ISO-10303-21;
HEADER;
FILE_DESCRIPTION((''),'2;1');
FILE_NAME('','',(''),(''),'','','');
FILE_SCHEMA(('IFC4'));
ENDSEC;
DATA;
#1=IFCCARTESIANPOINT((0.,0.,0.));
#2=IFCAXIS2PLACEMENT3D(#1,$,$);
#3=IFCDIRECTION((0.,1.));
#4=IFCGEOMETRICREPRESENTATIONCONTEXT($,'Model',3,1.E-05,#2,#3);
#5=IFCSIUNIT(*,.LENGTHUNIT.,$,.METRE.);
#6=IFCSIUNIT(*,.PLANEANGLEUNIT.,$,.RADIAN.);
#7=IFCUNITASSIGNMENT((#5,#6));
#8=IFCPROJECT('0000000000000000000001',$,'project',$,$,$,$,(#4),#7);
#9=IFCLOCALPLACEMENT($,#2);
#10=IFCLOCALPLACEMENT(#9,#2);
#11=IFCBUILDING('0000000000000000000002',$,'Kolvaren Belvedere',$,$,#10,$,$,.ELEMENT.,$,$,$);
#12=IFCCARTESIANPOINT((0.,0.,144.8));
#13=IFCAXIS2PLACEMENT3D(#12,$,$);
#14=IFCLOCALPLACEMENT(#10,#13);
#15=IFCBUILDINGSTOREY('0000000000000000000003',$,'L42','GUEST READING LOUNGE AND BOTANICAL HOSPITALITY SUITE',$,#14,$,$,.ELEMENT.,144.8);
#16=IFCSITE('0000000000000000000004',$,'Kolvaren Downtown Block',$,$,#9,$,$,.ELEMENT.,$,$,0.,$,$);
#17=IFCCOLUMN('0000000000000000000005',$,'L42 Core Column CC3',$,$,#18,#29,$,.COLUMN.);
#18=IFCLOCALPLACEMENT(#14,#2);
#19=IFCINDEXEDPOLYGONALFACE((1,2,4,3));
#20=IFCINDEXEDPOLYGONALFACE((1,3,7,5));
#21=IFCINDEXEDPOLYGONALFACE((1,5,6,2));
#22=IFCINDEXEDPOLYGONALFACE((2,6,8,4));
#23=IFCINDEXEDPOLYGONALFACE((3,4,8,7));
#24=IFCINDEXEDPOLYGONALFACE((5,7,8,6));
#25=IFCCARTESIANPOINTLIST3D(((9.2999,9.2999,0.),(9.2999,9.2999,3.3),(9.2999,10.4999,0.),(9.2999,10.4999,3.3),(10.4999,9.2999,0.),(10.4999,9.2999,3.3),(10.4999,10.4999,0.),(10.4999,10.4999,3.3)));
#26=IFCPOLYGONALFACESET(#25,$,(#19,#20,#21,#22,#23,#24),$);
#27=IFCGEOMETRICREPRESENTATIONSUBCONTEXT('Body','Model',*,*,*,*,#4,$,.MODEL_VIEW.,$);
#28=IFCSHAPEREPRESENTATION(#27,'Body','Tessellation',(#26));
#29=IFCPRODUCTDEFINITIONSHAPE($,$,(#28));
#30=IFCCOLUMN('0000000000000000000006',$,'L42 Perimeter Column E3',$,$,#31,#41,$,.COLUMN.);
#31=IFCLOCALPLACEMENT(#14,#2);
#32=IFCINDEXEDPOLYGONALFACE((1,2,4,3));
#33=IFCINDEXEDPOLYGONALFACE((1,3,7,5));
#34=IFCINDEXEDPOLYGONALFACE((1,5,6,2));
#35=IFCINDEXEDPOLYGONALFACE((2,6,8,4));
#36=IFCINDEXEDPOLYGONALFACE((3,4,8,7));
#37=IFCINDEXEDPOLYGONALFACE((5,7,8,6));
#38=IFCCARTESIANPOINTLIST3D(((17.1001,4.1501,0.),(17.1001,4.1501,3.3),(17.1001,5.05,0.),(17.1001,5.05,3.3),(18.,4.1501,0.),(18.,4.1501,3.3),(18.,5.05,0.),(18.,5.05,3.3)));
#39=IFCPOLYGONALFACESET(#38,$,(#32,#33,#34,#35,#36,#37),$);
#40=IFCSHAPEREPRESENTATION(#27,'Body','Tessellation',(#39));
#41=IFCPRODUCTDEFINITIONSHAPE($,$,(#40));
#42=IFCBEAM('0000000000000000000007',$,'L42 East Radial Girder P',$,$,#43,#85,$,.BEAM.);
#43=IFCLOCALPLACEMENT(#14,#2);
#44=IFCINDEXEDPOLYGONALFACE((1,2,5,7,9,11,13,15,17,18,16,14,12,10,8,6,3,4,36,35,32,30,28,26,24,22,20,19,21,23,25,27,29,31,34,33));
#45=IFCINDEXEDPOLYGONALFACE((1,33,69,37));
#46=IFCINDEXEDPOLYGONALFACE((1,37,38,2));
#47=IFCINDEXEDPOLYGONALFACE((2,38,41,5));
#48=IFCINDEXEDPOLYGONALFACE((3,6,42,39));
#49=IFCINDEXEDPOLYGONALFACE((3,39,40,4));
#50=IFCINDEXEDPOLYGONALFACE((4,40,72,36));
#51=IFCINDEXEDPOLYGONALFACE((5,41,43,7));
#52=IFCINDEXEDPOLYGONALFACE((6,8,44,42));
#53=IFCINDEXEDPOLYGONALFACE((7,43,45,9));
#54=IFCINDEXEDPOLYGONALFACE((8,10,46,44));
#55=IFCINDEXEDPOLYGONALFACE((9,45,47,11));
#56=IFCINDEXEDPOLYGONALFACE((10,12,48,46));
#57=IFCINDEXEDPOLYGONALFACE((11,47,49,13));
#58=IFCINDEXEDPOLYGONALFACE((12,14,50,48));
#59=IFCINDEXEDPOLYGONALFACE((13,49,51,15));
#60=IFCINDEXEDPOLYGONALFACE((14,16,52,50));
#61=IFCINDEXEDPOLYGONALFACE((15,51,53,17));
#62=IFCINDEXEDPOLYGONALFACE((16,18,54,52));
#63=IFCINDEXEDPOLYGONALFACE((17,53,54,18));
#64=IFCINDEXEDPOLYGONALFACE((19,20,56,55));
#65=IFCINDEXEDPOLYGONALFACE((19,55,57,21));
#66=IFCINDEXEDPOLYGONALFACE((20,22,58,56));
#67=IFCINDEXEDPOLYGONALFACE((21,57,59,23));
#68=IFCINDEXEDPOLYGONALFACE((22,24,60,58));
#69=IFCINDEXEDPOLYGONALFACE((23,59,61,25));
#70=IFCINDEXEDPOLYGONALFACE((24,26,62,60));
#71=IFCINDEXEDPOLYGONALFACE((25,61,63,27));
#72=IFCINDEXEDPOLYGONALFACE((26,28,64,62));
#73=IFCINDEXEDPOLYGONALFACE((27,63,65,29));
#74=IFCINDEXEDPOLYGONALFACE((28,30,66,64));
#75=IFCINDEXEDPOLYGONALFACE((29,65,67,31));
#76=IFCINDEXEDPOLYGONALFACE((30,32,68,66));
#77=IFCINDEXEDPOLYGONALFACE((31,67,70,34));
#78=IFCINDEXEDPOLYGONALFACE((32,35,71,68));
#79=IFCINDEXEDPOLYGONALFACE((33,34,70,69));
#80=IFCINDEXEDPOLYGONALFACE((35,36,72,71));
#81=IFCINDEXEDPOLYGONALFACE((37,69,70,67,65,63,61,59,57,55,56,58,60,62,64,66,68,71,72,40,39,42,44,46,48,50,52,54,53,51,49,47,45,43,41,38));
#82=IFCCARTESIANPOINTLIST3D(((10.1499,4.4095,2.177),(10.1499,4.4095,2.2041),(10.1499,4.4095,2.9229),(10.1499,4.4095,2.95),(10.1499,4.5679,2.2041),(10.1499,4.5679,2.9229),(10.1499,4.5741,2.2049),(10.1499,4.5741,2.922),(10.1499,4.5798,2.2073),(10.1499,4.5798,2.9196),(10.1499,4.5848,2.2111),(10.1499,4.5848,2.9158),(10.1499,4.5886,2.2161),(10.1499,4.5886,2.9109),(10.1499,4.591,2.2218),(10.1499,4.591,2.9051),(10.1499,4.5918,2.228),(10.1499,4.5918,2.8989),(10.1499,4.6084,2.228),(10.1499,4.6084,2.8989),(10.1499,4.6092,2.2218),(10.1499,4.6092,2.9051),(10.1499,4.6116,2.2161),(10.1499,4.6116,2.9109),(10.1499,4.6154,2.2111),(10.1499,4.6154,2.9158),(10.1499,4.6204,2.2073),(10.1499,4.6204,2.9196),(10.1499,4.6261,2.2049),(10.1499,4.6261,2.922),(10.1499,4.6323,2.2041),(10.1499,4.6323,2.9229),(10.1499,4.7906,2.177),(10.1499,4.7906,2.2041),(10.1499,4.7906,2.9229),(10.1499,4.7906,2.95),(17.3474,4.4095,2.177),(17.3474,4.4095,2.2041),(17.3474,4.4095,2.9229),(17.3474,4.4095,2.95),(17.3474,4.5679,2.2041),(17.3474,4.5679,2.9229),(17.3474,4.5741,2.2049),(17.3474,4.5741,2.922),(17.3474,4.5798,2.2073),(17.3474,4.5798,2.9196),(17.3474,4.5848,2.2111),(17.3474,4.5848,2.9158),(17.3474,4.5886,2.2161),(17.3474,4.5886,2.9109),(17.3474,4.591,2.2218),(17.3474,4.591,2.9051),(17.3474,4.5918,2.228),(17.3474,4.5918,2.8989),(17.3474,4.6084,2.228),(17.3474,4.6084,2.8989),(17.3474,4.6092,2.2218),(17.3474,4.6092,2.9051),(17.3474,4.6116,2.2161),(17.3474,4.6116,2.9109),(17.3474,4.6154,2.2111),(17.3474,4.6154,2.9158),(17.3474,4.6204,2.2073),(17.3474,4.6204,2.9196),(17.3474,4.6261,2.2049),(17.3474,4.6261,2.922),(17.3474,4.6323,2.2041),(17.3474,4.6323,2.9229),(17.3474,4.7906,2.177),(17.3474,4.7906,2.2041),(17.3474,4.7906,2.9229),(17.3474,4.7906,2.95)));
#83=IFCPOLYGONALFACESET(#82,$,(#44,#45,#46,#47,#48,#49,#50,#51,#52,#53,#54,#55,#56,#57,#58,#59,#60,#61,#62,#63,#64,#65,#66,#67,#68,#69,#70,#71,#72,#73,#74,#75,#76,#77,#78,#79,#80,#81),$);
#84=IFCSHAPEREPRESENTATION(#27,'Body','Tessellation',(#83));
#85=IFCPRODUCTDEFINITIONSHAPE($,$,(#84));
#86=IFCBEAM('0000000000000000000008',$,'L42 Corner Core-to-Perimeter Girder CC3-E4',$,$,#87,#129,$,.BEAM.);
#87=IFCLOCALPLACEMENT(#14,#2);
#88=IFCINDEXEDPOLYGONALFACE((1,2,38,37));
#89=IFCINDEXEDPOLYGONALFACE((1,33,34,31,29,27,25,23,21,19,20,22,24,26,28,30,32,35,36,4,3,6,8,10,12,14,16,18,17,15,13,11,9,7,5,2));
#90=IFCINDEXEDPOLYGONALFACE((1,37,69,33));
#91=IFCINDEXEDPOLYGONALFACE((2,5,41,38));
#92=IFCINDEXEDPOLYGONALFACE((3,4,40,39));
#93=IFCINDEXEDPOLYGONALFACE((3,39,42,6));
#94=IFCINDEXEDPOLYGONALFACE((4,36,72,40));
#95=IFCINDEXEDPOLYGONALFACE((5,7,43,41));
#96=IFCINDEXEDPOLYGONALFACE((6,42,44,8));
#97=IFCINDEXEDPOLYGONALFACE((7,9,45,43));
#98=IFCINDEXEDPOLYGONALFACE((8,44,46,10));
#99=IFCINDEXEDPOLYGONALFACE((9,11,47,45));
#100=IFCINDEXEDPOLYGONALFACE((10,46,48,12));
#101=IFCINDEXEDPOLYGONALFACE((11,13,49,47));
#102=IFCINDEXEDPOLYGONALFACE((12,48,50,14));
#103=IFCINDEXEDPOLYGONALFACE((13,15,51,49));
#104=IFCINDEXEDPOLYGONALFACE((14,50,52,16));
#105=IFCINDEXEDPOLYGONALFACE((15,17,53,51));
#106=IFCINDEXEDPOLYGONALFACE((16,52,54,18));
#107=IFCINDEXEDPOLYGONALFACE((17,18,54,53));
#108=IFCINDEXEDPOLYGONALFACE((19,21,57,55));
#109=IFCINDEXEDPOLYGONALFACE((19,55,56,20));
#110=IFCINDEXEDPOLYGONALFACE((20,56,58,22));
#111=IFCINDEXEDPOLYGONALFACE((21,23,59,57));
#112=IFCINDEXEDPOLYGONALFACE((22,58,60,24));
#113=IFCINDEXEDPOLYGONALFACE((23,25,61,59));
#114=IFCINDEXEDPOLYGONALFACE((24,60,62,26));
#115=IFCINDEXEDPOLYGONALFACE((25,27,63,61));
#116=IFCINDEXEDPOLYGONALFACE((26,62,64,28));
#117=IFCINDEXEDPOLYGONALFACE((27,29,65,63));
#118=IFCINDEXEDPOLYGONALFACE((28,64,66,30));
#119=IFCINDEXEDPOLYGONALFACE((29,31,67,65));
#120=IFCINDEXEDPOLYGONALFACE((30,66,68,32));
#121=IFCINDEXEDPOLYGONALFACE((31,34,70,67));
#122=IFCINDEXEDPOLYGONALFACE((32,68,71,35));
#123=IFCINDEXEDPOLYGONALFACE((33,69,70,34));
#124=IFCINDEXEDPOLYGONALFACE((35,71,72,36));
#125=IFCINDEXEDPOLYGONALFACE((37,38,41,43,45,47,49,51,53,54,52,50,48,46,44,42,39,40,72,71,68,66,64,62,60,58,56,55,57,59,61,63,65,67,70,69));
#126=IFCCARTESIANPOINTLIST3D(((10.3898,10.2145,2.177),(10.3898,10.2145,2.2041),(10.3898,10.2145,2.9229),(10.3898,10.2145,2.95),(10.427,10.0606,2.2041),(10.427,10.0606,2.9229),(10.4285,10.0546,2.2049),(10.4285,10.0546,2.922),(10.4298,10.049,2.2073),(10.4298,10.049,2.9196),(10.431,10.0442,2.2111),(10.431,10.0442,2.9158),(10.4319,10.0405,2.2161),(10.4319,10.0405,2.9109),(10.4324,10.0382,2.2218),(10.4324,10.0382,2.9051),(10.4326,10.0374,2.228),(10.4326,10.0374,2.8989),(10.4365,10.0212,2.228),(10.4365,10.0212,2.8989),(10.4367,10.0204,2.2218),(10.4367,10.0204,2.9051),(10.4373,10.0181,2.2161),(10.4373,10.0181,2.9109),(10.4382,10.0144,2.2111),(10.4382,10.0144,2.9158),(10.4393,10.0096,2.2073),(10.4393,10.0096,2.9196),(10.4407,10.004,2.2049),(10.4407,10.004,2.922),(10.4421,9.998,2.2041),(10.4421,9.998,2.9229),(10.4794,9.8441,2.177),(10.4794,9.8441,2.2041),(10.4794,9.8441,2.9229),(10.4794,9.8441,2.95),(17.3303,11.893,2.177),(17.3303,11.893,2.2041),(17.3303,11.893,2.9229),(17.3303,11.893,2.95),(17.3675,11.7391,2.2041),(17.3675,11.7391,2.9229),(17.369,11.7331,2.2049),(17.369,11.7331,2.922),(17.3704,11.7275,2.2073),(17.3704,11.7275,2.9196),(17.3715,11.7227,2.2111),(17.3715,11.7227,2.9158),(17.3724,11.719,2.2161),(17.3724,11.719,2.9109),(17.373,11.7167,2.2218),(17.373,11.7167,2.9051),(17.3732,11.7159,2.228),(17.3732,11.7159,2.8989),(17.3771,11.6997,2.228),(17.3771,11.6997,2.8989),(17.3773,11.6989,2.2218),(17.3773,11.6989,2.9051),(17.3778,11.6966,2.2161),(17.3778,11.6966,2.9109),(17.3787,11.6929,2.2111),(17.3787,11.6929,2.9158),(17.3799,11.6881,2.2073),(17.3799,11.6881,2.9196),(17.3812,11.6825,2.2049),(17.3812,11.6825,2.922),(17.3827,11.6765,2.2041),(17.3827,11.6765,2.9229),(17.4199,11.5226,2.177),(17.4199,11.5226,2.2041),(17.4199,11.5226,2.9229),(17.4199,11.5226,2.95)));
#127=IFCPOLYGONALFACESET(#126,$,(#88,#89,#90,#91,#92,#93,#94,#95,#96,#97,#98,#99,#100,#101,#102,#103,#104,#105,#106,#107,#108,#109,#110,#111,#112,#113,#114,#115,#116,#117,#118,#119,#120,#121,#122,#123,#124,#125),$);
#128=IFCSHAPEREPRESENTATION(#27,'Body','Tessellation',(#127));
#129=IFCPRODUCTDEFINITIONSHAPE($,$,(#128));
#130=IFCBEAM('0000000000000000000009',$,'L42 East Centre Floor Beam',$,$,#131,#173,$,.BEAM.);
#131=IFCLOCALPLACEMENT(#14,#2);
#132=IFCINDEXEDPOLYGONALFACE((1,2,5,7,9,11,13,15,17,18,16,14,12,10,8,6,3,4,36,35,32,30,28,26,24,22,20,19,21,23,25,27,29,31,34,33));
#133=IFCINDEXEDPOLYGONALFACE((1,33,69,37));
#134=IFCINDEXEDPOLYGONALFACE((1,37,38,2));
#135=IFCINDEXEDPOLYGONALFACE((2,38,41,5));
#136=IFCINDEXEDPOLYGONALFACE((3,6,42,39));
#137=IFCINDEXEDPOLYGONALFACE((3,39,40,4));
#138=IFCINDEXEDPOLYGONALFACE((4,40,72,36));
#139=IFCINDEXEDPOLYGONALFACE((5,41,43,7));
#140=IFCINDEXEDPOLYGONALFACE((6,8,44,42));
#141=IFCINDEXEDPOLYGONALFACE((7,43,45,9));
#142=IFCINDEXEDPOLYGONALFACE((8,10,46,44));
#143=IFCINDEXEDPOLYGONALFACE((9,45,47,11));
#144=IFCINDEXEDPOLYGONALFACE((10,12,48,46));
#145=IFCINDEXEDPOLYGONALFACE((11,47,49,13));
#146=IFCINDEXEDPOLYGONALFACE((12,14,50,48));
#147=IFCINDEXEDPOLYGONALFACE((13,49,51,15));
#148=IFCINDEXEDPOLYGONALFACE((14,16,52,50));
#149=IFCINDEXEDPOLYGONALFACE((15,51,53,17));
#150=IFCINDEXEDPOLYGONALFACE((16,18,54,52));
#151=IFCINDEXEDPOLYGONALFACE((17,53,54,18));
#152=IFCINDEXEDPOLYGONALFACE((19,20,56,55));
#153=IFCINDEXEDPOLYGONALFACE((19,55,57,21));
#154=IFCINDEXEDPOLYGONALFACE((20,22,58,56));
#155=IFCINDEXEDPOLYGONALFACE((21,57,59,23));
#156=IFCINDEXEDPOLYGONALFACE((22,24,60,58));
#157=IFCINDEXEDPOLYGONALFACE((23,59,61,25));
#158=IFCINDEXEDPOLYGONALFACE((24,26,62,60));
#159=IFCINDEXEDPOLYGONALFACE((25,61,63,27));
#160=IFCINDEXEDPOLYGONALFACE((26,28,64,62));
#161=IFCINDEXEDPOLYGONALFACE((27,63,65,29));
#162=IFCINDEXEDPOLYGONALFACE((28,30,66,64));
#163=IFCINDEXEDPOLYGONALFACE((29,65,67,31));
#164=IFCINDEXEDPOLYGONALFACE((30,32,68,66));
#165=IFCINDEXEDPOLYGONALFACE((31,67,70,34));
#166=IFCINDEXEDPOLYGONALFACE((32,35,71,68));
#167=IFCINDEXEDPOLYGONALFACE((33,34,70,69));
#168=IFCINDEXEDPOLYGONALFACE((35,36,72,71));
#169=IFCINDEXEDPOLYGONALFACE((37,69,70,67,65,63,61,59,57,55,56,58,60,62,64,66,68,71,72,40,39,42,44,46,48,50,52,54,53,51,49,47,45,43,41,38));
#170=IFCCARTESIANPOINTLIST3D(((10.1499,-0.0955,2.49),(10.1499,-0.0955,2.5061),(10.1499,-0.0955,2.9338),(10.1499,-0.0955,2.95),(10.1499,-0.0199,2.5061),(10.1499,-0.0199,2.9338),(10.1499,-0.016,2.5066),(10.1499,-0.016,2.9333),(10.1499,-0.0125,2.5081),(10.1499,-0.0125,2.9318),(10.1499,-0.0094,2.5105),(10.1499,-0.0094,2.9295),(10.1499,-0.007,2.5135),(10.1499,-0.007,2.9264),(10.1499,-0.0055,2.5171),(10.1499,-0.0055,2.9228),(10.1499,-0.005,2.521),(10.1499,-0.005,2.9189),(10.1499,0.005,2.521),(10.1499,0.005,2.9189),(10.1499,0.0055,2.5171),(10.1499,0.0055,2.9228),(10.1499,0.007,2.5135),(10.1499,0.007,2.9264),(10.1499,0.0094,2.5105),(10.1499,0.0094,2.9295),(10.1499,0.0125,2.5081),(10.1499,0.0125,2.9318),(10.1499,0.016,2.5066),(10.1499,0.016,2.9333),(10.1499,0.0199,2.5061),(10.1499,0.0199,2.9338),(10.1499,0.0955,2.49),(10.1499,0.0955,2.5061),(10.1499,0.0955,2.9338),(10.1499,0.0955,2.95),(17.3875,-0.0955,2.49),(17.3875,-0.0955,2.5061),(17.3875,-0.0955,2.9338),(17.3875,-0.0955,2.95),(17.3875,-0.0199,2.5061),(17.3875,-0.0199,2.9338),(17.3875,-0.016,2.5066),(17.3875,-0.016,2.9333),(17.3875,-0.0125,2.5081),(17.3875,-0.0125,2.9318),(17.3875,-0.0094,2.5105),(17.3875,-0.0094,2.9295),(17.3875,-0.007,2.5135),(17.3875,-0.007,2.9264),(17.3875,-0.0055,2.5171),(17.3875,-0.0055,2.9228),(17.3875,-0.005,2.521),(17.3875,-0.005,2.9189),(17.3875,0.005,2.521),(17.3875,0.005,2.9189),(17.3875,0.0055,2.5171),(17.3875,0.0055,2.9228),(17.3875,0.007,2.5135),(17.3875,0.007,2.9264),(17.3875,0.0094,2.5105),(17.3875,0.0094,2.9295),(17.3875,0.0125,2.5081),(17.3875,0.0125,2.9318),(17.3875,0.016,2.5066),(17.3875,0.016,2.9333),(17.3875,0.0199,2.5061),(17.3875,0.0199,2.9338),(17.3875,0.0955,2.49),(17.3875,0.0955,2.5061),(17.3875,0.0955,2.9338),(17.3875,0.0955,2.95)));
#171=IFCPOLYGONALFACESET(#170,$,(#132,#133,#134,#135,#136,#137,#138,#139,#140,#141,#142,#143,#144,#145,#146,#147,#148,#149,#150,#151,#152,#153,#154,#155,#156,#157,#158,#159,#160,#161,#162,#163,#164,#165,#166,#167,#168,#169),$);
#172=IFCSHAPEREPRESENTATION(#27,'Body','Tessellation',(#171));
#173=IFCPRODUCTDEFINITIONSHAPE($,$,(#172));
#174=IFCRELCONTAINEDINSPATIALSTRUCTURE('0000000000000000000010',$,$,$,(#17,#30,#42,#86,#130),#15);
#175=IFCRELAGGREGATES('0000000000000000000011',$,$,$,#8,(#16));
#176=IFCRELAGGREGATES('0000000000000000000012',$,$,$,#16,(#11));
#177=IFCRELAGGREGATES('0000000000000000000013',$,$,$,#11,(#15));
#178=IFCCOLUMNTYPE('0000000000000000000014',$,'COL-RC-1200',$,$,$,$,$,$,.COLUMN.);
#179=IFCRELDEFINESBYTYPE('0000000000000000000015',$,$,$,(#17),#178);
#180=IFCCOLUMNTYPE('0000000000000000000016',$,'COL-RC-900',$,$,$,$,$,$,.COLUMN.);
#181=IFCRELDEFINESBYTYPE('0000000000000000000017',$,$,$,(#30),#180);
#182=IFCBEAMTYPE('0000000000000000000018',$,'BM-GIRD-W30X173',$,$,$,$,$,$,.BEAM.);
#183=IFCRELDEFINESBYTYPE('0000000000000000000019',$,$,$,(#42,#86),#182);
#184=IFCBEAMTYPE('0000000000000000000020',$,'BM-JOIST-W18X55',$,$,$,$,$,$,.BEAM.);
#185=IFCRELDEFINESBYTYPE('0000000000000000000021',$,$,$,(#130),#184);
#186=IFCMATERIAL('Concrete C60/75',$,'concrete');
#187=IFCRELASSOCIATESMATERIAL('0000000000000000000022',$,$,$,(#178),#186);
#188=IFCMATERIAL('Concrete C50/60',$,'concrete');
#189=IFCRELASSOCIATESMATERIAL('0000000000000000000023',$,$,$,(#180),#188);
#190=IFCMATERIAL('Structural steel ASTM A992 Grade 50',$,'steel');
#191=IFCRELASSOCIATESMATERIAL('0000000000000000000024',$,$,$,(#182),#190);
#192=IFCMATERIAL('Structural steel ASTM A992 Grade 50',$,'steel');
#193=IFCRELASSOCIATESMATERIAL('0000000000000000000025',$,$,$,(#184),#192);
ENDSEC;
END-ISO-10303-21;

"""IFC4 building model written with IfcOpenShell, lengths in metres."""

from ifc_helpers import new_model, si_unit, direction, frame, origin, origin_2d, place, context, subcontext, project, spatial, rectangle, i_section, extrude, material, material_profile, profile_set, type_object, element, save


model = new_model("IFC4")

# Units and contexts
model_context = context("Model", 3, precision=1e-05, world=origin(), true_north=direction((0.0, 1.0)))
body_context = subcontext(model_context, "Body", "Model", "MODEL_VIEW")
ifc_project = project(units=[si_unit("LENGTHUNIT", "METRE"), si_unit("PLANEANGLEUNIT", "RADIAN")], contexts=[model_context])

# Site, building, storey
site_placement = place(None, origin())
site = spatial("IfcSite", under=ifc_project, at=site_placement, Name="Kolvaren Downtown Block", CompositionType="ELEMENT", RefElevation=0.0)
building_placement = place(site_placement, origin())
building = spatial("IfcBuilding", under=site, at=building_placement, Name="Kolvaren Belvedere", CompositionType="ELEMENT")
storey_placement = place(building_placement, frame((0.0, 0.0, 144.8)))
storey = spatial("IfcBuildingStorey", under=building, at=storey_placement, Name="L42", Description="GUEST READING LOUNGE AND BOTANICAL HOSPITALITY SUITE", CompositionType="ELEMENT", Elevation=144.8)

# Columns
ifc_material_1 = material(Name="Concrete C60/75", Category="concrete")
ifc_material_profile_1 = material_profile(ifc_material_1, rectangle(XDim=1.2, YDim=1.2, at=origin_2d()), Name="RC 1200X1200")
ifc_profile_set_1 = profile_set([ifc_material_profile_1], Name="Concrete C60/75")
column_type_1 = type_object("IfcColumnType", Name="COL-RC-1200", PredefinedType="COLUMN", material=ifc_profile_set_1)
column_1_placement = place(storey_placement, frame((9.8999, 9.8999, 0.0), z_axis=(0.0, 0.0, 1.0), x_axis=(1.0, 0.0, 0.0)))
element("IfcColumn", 1, at=column_1_placement, inside=storey, type_object=column_type_1, Name="L42 Core Column CC3", PredefinedType="COLUMN", context=body_context, shape_type="SweptSolid", body=[
    extrude(rectangle(XDim=1.2, YDim=1.2, at=origin_2d()), origin(), (0.0, 0.0, 1.0), 3.3),
])
ifc_material_2 = material(Name="Concrete C50/60", Category="concrete")
ifc_material_profile_2 = material_profile(ifc_material_2, rectangle(XDim=0.8999, YDim=0.8999, at=origin_2d()), Name="RC 900X900")
ifc_profile_set_2 = profile_set([ifc_material_profile_2], Name="Concrete C50/60")
column_type_2 = type_object("IfcColumnType", Name="COL-RC-900", PredefinedType="COLUMN", material=ifc_profile_set_2)
column_2_placement = place(storey_placement, frame((17.55, 4.6001, 0.0), z_axis=(0.0, 0.0, 1.0), x_axis=(1.0, 0.0, 0.0)))
element("IfcColumn", 2, at=column_2_placement, inside=storey, type_object=column_type_2, Name="L42 Perimeter Column E3", PredefinedType="COLUMN", context=body_context, shape_type="SweptSolid", body=[
    extrude(rectangle(XDim=0.8999, YDim=0.8999, at=origin_2d()), origin(), (0.0, 0.0, 1.0), 3.3),
])

# Beams
ifc_material_3 = material(Name="Structural steel ASTM A992 Grade 50", Category="steel")
ifc_material_profile_3 = material_profile(ifc_material_3, i_section(OverallWidth=0.3811, OverallDepth=0.7729, WebThickness=0.0166, FlangeThickness=0.0271, FilletRadius=0.0239, at=origin_2d()), Name="W30X173")
ifc_profile_set_3 = profile_set([ifc_material_profile_3], Name="Structural steel ASTM A992 Grade 50")
beam_type_1 = type_object("IfcBeamType", Name="BM-GIRD-W30X173", PredefinedType="BEAM", material=ifc_profile_set_3)
beam_1_placement = place(storey_placement, frame((10.1499, 4.6001, 2.5635), z_axis=(1.0, 0.0, 0.0), x_axis=(0.0, 1.0, 0.0)))
element("IfcBeam", 3, at=beam_1_placement, inside=storey, type_object=beam_type_1, Name="L42 East Radial Girder P", PredefinedType="BEAM", context=body_context, shape_type="SweptSolid", body=[
    extrude(i_section(OverallWidth=0.3811, OverallDepth=0.7729, WebThickness=0.0166, FlangeThickness=0.0271, FilletRadius=0.0239, at=origin_2d()), origin(), (0.0, 0.0, 1.0), 7.1975),
])
beam_2_placement = place(storey_placement, frame((10.4346, 10.0293, 2.5635), z_axis=(0.97198, 0.235063, 0.0), x_axis=(-0.235063, 0.97198, 0.0)))
element("IfcBeam", 4, at=beam_2_placement, inside=storey, type_object=beam_type_1, Name="L42 Corner Core-to-Perimeter Girder CC3-E4", PredefinedType="BEAM", context=body_context, shape_type="SweptSolid", body=[
    extrude(i_section(OverallWidth=0.3811, OverallDepth=0.7729, WebThickness=0.0166, FlangeThickness=0.0271, FilletRadius=0.0239, at=origin_2d()), origin(), (0.0, 0.0, 1.0), 7.1406),
])
ifc_material_4 = material(Name="Structural steel ASTM A992 Grade 50", Category="steel")
ifc_material_profile_4 = material_profile(ifc_material_4, i_section(OverallWidth=0.1909, OverallDepth=0.46, WebThickness=0.01, FlangeThickness=0.0161, FilletRadius=0.0149, at=origin_2d()), Name="W18X55")
ifc_profile_set_4 = profile_set([ifc_material_profile_4], Name="Structural steel ASTM A992 Grade 50")
beam_type_2 = type_object("IfcBeamType", Name="BM-JOIST-W18X55", PredefinedType="BEAM", material=ifc_profile_set_4)
beam_3_placement = place(storey_placement, frame((10.1499, 0.0, 2.72), z_axis=(1.0, 0.0, 0.0), x_axis=(0.0, 1.0, 0.0)))
element("IfcBeam", 5, at=beam_3_placement, inside=storey, type_object=beam_type_2, Name="L42 East Centre Floor Beam", PredefinedType="BEAM", context=body_context, shape_type="SweptSolid", body=[
    extrude(i_section(OverallWidth=0.1909, OverallDepth=0.46, WebThickness=0.01, FlangeThickness=0.0161, FilletRadius=0.0149, at=origin_2d()), origin(), (0.0, 0.0, 1.0), 7.2375),
])

save(model, "model.ifc")
